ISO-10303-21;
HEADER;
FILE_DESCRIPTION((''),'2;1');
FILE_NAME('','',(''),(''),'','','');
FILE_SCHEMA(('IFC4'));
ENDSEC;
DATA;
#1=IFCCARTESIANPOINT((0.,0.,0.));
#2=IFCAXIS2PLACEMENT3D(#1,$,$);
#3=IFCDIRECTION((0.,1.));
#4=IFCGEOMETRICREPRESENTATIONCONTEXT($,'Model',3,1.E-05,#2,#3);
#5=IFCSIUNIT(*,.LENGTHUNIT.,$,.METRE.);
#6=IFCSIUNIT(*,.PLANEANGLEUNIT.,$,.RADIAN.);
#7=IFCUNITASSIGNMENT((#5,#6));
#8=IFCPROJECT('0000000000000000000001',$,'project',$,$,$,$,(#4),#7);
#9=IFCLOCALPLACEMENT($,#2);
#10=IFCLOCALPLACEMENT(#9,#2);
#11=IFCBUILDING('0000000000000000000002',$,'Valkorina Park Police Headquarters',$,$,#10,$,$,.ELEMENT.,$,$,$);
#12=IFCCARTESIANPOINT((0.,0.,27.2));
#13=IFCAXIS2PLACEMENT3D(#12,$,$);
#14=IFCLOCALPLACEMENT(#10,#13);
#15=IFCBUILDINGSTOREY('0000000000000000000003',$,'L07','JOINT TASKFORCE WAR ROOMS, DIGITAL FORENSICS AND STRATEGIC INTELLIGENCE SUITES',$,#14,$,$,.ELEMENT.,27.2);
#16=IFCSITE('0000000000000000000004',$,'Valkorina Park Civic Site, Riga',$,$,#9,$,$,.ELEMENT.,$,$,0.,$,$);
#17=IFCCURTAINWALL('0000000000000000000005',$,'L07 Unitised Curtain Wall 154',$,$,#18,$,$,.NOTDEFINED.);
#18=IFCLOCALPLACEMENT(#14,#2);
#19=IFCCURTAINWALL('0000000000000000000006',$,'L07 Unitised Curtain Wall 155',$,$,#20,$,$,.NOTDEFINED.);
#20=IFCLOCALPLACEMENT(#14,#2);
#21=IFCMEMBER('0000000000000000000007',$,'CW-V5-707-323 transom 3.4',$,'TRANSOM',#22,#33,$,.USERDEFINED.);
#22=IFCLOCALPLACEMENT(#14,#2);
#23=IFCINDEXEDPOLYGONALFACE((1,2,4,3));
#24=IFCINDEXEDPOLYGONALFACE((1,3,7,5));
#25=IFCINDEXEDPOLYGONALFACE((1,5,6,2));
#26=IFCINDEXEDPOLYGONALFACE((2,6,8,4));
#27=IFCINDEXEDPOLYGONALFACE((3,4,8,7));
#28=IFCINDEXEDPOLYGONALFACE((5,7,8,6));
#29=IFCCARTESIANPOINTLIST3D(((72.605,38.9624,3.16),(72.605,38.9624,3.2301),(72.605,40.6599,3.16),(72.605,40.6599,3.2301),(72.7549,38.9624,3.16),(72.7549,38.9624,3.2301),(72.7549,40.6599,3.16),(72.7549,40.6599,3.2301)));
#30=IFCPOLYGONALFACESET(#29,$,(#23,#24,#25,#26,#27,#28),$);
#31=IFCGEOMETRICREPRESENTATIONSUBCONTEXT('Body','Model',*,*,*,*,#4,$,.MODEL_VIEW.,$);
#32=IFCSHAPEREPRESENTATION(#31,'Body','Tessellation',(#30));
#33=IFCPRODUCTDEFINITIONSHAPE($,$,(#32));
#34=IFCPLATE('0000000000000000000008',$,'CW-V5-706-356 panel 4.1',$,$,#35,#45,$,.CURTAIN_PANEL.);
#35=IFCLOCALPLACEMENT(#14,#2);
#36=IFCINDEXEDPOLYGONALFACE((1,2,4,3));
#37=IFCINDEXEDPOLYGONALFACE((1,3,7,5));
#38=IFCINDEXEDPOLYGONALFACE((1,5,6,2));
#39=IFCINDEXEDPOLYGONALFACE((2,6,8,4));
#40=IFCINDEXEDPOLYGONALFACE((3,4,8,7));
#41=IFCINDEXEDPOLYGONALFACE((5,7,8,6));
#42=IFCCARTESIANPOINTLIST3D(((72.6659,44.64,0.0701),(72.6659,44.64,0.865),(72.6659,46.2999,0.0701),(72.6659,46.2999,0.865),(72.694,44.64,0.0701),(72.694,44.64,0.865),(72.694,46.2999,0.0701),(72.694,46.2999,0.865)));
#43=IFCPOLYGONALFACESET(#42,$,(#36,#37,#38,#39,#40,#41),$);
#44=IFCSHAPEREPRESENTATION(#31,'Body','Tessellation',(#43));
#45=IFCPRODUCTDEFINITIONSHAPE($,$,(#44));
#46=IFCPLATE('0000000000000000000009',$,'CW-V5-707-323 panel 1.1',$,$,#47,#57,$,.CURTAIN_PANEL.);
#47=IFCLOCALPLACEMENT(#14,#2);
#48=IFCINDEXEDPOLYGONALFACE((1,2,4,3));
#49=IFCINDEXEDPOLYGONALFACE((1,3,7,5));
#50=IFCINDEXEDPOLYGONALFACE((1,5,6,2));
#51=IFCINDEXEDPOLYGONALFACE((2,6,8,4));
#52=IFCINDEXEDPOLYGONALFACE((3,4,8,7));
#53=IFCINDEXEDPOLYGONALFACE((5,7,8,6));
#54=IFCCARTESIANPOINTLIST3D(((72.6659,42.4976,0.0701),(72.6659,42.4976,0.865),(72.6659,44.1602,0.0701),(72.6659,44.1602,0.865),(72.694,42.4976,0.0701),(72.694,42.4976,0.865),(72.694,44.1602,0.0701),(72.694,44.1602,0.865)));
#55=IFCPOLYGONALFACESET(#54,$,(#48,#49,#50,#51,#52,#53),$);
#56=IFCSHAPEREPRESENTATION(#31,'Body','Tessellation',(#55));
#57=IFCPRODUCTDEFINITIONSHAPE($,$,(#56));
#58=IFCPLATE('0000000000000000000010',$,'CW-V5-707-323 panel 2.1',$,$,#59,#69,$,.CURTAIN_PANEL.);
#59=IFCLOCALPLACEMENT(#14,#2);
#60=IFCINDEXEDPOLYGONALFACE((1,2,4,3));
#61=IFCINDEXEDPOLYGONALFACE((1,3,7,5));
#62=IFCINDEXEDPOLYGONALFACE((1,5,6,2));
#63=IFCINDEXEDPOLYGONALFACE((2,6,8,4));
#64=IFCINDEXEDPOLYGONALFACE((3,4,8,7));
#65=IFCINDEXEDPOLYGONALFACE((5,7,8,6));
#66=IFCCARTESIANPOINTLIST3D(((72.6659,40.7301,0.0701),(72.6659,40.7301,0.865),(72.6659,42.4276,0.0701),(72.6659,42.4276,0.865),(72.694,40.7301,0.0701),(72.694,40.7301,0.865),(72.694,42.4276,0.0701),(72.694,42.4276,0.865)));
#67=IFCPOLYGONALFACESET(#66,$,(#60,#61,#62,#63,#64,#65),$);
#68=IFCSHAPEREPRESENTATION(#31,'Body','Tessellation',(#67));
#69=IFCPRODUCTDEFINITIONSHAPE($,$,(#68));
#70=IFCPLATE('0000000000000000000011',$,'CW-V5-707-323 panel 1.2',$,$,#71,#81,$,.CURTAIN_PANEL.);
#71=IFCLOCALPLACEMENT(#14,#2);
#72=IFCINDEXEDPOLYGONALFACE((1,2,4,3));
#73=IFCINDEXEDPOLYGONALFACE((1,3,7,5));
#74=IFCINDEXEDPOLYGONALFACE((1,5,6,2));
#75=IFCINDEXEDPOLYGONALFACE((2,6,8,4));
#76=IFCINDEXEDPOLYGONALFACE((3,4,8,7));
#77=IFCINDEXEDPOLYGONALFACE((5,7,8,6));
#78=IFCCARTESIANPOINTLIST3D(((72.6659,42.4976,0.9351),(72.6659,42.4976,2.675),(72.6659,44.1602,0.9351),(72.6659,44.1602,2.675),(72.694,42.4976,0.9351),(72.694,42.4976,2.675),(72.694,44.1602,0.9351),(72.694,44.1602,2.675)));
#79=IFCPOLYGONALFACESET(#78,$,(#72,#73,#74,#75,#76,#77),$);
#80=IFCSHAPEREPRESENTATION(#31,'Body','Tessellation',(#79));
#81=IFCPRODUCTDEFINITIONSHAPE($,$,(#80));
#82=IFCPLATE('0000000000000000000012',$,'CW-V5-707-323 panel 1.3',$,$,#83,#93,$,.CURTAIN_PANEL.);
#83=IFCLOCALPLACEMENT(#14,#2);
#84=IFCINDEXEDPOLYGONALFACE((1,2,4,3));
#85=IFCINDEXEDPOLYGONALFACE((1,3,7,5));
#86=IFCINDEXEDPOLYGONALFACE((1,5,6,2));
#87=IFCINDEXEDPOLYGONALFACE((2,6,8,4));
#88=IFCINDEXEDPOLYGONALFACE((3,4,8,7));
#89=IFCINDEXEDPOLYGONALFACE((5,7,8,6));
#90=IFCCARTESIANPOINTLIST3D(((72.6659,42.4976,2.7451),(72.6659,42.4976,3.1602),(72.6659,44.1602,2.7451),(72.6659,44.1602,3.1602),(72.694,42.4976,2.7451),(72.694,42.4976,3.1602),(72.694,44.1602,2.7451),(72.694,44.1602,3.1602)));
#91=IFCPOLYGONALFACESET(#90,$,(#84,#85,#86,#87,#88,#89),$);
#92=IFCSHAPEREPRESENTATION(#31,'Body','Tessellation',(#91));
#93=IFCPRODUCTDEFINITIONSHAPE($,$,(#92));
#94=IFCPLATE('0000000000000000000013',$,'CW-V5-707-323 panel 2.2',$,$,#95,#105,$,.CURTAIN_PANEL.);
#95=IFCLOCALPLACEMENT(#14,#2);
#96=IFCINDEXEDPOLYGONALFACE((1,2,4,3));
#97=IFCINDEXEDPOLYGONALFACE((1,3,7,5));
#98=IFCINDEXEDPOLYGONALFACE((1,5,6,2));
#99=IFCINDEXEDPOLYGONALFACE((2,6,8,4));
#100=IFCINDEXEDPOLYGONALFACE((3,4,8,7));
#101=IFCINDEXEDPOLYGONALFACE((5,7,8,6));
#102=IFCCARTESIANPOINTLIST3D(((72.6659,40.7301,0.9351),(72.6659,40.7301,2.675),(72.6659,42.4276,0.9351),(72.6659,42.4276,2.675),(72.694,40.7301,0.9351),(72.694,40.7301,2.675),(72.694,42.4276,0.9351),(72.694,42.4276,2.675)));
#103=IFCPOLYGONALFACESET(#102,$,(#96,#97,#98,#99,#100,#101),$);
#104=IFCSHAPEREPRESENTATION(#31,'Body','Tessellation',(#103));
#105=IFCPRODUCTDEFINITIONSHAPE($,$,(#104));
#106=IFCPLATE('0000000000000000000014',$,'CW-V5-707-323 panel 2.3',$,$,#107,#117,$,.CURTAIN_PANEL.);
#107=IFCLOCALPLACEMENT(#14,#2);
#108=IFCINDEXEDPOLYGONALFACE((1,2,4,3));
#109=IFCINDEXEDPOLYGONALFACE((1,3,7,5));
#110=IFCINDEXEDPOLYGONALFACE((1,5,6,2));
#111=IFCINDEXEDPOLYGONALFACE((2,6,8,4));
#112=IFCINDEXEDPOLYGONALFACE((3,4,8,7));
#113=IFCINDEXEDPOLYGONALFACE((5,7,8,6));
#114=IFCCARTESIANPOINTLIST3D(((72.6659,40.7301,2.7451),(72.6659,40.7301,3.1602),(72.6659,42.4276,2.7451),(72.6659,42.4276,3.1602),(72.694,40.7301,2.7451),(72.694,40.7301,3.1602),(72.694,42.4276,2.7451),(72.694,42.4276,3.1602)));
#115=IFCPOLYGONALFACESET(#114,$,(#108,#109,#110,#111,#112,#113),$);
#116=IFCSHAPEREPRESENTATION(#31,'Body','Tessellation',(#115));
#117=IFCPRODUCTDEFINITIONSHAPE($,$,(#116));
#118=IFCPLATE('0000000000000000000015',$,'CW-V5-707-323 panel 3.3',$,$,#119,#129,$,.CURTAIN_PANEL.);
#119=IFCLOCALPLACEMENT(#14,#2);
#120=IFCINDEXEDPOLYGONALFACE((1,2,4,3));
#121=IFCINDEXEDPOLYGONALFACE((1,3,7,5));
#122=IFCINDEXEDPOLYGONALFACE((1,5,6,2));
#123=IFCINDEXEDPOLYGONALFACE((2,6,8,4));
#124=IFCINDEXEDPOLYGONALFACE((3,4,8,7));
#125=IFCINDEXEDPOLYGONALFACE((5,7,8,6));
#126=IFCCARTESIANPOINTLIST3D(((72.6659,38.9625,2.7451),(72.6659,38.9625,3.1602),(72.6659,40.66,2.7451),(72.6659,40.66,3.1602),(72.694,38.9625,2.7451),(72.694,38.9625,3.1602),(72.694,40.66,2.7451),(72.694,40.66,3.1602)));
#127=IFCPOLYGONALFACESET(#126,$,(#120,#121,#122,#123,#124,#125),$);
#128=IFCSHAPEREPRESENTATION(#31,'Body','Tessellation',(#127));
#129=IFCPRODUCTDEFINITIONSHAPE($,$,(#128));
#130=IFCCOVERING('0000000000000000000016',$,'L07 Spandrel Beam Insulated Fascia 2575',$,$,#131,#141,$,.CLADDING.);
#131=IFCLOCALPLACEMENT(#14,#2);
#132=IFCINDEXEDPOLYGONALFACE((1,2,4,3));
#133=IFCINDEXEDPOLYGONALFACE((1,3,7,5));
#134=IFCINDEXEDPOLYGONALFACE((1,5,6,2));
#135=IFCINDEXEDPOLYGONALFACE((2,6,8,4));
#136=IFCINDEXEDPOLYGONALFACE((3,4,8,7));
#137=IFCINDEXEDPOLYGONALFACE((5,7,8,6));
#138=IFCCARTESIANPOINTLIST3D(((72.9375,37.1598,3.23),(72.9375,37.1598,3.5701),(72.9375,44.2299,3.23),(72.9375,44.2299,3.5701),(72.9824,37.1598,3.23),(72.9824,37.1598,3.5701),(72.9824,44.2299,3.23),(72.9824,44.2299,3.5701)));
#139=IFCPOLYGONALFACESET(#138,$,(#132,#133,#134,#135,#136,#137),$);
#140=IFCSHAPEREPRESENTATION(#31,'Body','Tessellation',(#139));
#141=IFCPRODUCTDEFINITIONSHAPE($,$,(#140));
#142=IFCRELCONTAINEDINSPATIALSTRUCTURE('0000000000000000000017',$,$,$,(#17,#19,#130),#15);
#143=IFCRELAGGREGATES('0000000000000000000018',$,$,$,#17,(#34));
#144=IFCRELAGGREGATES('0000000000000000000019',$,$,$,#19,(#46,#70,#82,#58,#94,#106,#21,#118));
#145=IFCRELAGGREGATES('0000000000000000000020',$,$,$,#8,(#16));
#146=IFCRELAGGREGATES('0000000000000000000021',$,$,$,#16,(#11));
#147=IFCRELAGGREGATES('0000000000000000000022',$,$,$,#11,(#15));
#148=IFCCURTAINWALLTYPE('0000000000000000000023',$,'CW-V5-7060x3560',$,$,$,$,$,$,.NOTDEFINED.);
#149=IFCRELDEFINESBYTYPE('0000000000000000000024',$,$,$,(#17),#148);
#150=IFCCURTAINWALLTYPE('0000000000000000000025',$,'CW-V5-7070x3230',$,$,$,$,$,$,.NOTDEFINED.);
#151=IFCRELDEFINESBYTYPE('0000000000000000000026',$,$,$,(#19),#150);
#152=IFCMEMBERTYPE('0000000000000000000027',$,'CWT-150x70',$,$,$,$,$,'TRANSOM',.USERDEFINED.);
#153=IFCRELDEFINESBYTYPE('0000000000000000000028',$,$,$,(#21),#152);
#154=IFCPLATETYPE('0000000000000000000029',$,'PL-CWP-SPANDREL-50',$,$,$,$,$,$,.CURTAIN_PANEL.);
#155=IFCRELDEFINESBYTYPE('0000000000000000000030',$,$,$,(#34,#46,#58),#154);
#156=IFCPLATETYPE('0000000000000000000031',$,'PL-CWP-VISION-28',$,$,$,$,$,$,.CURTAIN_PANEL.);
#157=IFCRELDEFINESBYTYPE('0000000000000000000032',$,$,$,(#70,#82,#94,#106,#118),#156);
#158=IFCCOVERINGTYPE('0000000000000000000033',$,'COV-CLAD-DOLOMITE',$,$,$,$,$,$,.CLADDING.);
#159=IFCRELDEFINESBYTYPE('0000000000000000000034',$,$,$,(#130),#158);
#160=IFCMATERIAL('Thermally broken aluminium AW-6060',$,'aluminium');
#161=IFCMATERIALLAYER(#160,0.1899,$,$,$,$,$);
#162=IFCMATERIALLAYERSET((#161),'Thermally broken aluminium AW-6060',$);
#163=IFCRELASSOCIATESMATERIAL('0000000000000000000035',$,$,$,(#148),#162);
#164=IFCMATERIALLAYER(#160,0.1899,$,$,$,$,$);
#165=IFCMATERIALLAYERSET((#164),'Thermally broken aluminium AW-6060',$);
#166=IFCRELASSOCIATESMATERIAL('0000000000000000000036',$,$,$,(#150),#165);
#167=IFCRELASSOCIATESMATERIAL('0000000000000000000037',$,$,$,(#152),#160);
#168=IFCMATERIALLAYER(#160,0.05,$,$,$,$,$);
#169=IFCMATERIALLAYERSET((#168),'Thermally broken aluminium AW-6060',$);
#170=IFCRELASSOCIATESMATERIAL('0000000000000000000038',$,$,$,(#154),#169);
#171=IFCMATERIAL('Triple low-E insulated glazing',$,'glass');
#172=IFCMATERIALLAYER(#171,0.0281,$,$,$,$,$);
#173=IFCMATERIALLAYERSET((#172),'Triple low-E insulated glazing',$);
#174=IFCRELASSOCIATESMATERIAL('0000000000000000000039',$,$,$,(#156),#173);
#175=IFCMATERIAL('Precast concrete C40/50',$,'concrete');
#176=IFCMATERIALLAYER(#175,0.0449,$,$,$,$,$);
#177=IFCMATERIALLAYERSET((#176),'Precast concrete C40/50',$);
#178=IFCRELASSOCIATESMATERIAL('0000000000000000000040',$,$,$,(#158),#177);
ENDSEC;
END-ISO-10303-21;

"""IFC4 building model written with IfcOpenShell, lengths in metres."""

from ifc_helpers import new_model, si_unit, direction, frame, frame_2d, origin, origin_2d, place, context, subcontext, project, spatial, rectangle, extrude, material, layer, layer_set, material_profile, profile_set, type_object, element, aggregate, save


model = new_model("IFC4")

# Units and contexts
model_context = context("Model", 3, precision=1e-05, world=origin(), true_north=direction((0.0, 1.0)))
body_context = subcontext(model_context, "Body", "Model", "MODEL_VIEW")
ifc_project = project(units=[si_unit("LENGTHUNIT", "METRE"), si_unit("PLANEANGLEUNIT", "RADIAN")], contexts=[model_context])

# Site, building, storey
site_placement = place(None, origin())
site = spatial("IfcSite", under=ifc_project, at=site_placement, Name="Valkorina Park Civic Site, Riga", CompositionType="ELEMENT", RefElevation=0.0)
building_placement = place(site_placement, origin())
building = spatial("IfcBuilding", under=site, at=building_placement, Name="Valkorina Park Police Headquarters", CompositionType="ELEMENT")
storey_placement = place(building_placement, frame((0.0, 0.0, 27.2)))
storey = spatial("IfcBuildingStorey", under=building, at=storey_placement, Name="L07", Description="JOINT TASKFORCE WAR ROOMS, DIGITAL FORENSICS AND STRATEGIC INTELLIGENCE SUITES", CompositionType="ELEMENT", Elevation=27.2)

# Curtain wall
ifc_material_1 = material(Name="Thermally broken aluminium AW-6060", Category="aluminium")
ifc_layer_1 = layer(ifc_material_1, 0.1899)
ifc_layer_set_1 = layer_set([ifc_layer_1], Name="Thermally broken aluminium AW-6060")
curtain_wall_type_1 = type_object("IfcCurtainWallType", Name="CW-V5-7060x3560", PredefinedType="NOTDEFINED", material=ifc_layer_set_1)
curtain_wall_1_placement = place(storey_placement, origin())
curtain_wall_1 = element("IfcCurtainWall", 1, at=curtain_wall_1_placement, inside=storey, type_object=curtain_wall_type_1, Name="L07 Unitised Curtain Wall 154", PredefinedType="NOTDEFINED")

# Curtain wall, member
ifc_layer_2 = layer(ifc_material_1, 0.1899)
ifc_layer_set_2 = layer_set([ifc_layer_2], Name="Thermally broken aluminium AW-6060")
curtain_wall_type_2 = type_object("IfcCurtainWallType", Name="CW-V5-7070x3230", PredefinedType="NOTDEFINED", material=ifc_layer_set_2)
curtain_wall_2_placement = place(storey_placement, origin())
curtain_wall_2 = element("IfcCurtainWall", 2, at=curtain_wall_2_placement, inside=storey, type_object=curtain_wall_type_2, Name="L07 Unitised Curtain Wall 155", PredefinedType="NOTDEFINED")
ifc_material_profile_1 = material_profile(ifc_material_1, rectangle(XDim=0.1499, YDim=0.0701, at=origin_2d()), Name="CWT-02 150x70")
ifc_profile_set_1 = profile_set([ifc_material_profile_1], Name="Thermally broken aluminium AW-6060")
member_type_1 = type_object("IfcMemberType", Name="CWT-150x70", ElementType="TRANSOM", PredefinedType="USERDEFINED", material=ifc_profile_set_1)
member_1_placement = place(storey_placement, frame((72.6799, 40.6599, 3.1951), z_axis=(0.0, -1.0, 0.0), x_axis=(1.0, 0.0, 0.0)))
member_1 = element("IfcMember", 3, at=member_1_placement, type_object=member_type_1, Name="CW-V5-707-323 transom 3.4", ObjectType="TRANSOM", PredefinedType="USERDEFINED", context=body_context, shape_type="SweptSolid", body=[
    extrude(rectangle(XDim=0.1499, YDim=0.0701, at=origin_2d()), origin(), (0.0, 0.0, 1.0), 1.6975),
])

# Plates
ifc_layer_3 = layer(ifc_material_1, 0.05)
ifc_layer_set_3 = layer_set([ifc_layer_3], Name="Thermally broken aluminium AW-6060")
plate_type_1 = type_object("IfcPlateType", Name="PL-CWP-SPANDREL-50", PredefinedType="CURTAIN_PANEL", material=ifc_layer_set_3)
plate_1_placement = place(storey_placement, frame((72.6799, 45.47, 0.0701), z_axis=(0.0, 0.0, 1.0), x_axis=(0.0, -1.0, 0.0)))
plate_1 = element("IfcPlate", 4, at=plate_1_placement, type_object=plate_type_1, Name="CW-V5-706-356 panel 4.1", PredefinedType="CURTAIN_PANEL", context=body_context, shape_type="SweptSolid", body=[
    extrude(rectangle(XDim=1.6599, YDim=0.0281, at=origin_2d()), origin(), (0.0, 0.0, 1.0), 0.7949),
])
aggregate(curtain_wall_1, [plate_1])
plate_2_placement = place(storey_placement, frame((72.6799, 43.3289, 0.0701), z_axis=(0.0, 0.0, 1.0), x_axis=(0.0, -1.0, 0.0)))
plate_2 = element("IfcPlate", 5, at=plate_2_placement, type_object=plate_type_1, Name="CW-V5-707-323 panel 1.1", PredefinedType="CURTAIN_PANEL", context=body_context, shape_type="SweptSolid", body=[
    extrude(rectangle(XDim=1.6626, YDim=0.0281, at=origin_2d()), origin(), (0.0, 0.0, 1.0), 0.7949),
])
plate_3_placement = place(storey_placement, frame((72.6799, 41.5789, 0.0701), z_axis=(0.0, 0.0, 1.0), x_axis=(0.0, -1.0, 0.0)))
plate_3 = element("IfcPlate", 6, at=plate_3_placement, type_object=plate_type_1, Name="CW-V5-707-323 panel 2.1", PredefinedType="CURTAIN_PANEL", context=body_context, shape_type="SweptSolid", body=[
    extrude(rectangle(XDim=1.6975, YDim=0.0281, at=origin_2d()), origin(), (0.0, 0.0, 1.0), 0.7949),
])
ifc_material_2 = material(Name="Triple low-E insulated glazing", Category="glass")
ifc_layer_4 = layer(ifc_material_2, 0.0281)
ifc_layer_set_4 = layer_set([ifc_layer_4], Name="Triple low-E insulated glazing")
plate_type_2 = type_object("IfcPlateType", Name="PL-CWP-VISION-28", PredefinedType="CURTAIN_PANEL", material=ifc_layer_set_4)
plate_4_placement = place(storey_placement, frame((72.6799, 43.3289, 0.9351), z_axis=(0.0, 0.0, 1.0), x_axis=(0.0, -1.0, 0.0)))
plate_4 = element("IfcPlate", 7, at=plate_4_placement, type_object=plate_type_2, Name="CW-V5-707-323 panel 1.2", PredefinedType="CURTAIN_PANEL", context=body_context, shape_type="SweptSolid", body=[
    extrude(rectangle(XDim=1.6626, YDim=0.0281, at=origin_2d()), origin(), (0.0, 0.0, 1.0), 1.74),
])
plate_5_placement = place(storey_placement, frame((72.6799, 43.3289, 2.7451), z_axis=(0.0, 0.0, 1.0), x_axis=(0.0, -1.0, 0.0)))
plate_5 = element("IfcPlate", 8, at=plate_5_placement, type_object=plate_type_2, Name="CW-V5-707-323 panel 1.3", PredefinedType="CURTAIN_PANEL", context=body_context, shape_type="SweptSolid", body=[
    extrude(rectangle(XDim=1.6626, YDim=0.0281, at=origin_2d()), origin(), (0.0, 0.0, 1.0), 0.415),
])
plate_6_placement = place(storey_placement, frame((72.6799, 41.5789, 0.9351), z_axis=(0.0, 0.0, 1.0), x_axis=(0.0, -1.0, 0.0)))
plate_6 = element("IfcPlate", 9, at=plate_6_placement, type_object=plate_type_2, Name="CW-V5-707-323 panel 2.2", PredefinedType="CURTAIN_PANEL", context=body_context, shape_type="SweptSolid", body=[
    extrude(rectangle(XDim=1.6975, YDim=0.0281, at=origin_2d()), origin(), (0.0, 0.0, 1.0), 1.74),
])
plate_7_placement = place(storey_placement, frame((72.6799, 41.5789, 2.7451), z_axis=(0.0, 0.0, 1.0), x_axis=(0.0, -1.0, 0.0)))
plate_7 = element("IfcPlate", 10, at=plate_7_placement, type_object=plate_type_2, Name="CW-V5-707-323 panel 2.3", PredefinedType="CURTAIN_PANEL", context=body_context, shape_type="SweptSolid", body=[
    extrude(rectangle(XDim=1.6975, YDim=0.0281, at=origin_2d()), origin(), (0.0, 0.0, 1.0), 0.415),
])
plate_8_placement = place(storey_placement, frame((72.6799, 39.8113, 2.7451), z_axis=(0.0, 0.0, 1.0), x_axis=(0.0, -1.0, 0.0)))
plate_8 = element("IfcPlate", 11, at=plate_8_placement, type_object=plate_type_2, Name="CW-V5-707-323 panel 3.3", PredefinedType="CURTAIN_PANEL", context=body_context, shape_type="SweptSolid", body=[
    extrude(rectangle(XDim=1.6975, YDim=0.0281, at=origin_2d()), origin(), (0.0, 0.0, 1.0), 0.415),
])
aggregate(curtain_wall_2, [plate_2, plate_4, plate_5, plate_3, plate_6, plate_7, member_1, plate_8])

# Covering
ifc_material_3 = material(Name="Precast concrete C40/50", Category="concrete")
ifc_layer_5 = layer(ifc_material_3, 0.0449)
ifc_layer_set_5 = layer_set([ifc_layer_5], Name="Precast concrete C40/50")
covering_type = type_object("IfcCoveringType", Name="COV-CLAD-DOLOMITE", PredefinedType="CLADDING", material=ifc_layer_set_5)
covering_placement = place(storey_placement, frame((72.96, 44.23, 3.23), z_axis=(0.0, 0.0, 1.0), x_axis=(0.0, -1.0, 0.0)))
element("IfcCovering", 12, at=covering_placement, inside=storey, type_object=covering_type, Name="L07 Spandrel Beam Insulated Fascia 2575", PredefinedType="CLADDING", context=body_context, shape_type="SweptSolid", body=[
    extrude(rectangle(XDim=7.0701, YDim=0.0449, at=frame_2d((3.5352, 0.0))), origin(), (0.0, 0.0, 1.0), 0.3401),
])

save(model, "model.ifc")
